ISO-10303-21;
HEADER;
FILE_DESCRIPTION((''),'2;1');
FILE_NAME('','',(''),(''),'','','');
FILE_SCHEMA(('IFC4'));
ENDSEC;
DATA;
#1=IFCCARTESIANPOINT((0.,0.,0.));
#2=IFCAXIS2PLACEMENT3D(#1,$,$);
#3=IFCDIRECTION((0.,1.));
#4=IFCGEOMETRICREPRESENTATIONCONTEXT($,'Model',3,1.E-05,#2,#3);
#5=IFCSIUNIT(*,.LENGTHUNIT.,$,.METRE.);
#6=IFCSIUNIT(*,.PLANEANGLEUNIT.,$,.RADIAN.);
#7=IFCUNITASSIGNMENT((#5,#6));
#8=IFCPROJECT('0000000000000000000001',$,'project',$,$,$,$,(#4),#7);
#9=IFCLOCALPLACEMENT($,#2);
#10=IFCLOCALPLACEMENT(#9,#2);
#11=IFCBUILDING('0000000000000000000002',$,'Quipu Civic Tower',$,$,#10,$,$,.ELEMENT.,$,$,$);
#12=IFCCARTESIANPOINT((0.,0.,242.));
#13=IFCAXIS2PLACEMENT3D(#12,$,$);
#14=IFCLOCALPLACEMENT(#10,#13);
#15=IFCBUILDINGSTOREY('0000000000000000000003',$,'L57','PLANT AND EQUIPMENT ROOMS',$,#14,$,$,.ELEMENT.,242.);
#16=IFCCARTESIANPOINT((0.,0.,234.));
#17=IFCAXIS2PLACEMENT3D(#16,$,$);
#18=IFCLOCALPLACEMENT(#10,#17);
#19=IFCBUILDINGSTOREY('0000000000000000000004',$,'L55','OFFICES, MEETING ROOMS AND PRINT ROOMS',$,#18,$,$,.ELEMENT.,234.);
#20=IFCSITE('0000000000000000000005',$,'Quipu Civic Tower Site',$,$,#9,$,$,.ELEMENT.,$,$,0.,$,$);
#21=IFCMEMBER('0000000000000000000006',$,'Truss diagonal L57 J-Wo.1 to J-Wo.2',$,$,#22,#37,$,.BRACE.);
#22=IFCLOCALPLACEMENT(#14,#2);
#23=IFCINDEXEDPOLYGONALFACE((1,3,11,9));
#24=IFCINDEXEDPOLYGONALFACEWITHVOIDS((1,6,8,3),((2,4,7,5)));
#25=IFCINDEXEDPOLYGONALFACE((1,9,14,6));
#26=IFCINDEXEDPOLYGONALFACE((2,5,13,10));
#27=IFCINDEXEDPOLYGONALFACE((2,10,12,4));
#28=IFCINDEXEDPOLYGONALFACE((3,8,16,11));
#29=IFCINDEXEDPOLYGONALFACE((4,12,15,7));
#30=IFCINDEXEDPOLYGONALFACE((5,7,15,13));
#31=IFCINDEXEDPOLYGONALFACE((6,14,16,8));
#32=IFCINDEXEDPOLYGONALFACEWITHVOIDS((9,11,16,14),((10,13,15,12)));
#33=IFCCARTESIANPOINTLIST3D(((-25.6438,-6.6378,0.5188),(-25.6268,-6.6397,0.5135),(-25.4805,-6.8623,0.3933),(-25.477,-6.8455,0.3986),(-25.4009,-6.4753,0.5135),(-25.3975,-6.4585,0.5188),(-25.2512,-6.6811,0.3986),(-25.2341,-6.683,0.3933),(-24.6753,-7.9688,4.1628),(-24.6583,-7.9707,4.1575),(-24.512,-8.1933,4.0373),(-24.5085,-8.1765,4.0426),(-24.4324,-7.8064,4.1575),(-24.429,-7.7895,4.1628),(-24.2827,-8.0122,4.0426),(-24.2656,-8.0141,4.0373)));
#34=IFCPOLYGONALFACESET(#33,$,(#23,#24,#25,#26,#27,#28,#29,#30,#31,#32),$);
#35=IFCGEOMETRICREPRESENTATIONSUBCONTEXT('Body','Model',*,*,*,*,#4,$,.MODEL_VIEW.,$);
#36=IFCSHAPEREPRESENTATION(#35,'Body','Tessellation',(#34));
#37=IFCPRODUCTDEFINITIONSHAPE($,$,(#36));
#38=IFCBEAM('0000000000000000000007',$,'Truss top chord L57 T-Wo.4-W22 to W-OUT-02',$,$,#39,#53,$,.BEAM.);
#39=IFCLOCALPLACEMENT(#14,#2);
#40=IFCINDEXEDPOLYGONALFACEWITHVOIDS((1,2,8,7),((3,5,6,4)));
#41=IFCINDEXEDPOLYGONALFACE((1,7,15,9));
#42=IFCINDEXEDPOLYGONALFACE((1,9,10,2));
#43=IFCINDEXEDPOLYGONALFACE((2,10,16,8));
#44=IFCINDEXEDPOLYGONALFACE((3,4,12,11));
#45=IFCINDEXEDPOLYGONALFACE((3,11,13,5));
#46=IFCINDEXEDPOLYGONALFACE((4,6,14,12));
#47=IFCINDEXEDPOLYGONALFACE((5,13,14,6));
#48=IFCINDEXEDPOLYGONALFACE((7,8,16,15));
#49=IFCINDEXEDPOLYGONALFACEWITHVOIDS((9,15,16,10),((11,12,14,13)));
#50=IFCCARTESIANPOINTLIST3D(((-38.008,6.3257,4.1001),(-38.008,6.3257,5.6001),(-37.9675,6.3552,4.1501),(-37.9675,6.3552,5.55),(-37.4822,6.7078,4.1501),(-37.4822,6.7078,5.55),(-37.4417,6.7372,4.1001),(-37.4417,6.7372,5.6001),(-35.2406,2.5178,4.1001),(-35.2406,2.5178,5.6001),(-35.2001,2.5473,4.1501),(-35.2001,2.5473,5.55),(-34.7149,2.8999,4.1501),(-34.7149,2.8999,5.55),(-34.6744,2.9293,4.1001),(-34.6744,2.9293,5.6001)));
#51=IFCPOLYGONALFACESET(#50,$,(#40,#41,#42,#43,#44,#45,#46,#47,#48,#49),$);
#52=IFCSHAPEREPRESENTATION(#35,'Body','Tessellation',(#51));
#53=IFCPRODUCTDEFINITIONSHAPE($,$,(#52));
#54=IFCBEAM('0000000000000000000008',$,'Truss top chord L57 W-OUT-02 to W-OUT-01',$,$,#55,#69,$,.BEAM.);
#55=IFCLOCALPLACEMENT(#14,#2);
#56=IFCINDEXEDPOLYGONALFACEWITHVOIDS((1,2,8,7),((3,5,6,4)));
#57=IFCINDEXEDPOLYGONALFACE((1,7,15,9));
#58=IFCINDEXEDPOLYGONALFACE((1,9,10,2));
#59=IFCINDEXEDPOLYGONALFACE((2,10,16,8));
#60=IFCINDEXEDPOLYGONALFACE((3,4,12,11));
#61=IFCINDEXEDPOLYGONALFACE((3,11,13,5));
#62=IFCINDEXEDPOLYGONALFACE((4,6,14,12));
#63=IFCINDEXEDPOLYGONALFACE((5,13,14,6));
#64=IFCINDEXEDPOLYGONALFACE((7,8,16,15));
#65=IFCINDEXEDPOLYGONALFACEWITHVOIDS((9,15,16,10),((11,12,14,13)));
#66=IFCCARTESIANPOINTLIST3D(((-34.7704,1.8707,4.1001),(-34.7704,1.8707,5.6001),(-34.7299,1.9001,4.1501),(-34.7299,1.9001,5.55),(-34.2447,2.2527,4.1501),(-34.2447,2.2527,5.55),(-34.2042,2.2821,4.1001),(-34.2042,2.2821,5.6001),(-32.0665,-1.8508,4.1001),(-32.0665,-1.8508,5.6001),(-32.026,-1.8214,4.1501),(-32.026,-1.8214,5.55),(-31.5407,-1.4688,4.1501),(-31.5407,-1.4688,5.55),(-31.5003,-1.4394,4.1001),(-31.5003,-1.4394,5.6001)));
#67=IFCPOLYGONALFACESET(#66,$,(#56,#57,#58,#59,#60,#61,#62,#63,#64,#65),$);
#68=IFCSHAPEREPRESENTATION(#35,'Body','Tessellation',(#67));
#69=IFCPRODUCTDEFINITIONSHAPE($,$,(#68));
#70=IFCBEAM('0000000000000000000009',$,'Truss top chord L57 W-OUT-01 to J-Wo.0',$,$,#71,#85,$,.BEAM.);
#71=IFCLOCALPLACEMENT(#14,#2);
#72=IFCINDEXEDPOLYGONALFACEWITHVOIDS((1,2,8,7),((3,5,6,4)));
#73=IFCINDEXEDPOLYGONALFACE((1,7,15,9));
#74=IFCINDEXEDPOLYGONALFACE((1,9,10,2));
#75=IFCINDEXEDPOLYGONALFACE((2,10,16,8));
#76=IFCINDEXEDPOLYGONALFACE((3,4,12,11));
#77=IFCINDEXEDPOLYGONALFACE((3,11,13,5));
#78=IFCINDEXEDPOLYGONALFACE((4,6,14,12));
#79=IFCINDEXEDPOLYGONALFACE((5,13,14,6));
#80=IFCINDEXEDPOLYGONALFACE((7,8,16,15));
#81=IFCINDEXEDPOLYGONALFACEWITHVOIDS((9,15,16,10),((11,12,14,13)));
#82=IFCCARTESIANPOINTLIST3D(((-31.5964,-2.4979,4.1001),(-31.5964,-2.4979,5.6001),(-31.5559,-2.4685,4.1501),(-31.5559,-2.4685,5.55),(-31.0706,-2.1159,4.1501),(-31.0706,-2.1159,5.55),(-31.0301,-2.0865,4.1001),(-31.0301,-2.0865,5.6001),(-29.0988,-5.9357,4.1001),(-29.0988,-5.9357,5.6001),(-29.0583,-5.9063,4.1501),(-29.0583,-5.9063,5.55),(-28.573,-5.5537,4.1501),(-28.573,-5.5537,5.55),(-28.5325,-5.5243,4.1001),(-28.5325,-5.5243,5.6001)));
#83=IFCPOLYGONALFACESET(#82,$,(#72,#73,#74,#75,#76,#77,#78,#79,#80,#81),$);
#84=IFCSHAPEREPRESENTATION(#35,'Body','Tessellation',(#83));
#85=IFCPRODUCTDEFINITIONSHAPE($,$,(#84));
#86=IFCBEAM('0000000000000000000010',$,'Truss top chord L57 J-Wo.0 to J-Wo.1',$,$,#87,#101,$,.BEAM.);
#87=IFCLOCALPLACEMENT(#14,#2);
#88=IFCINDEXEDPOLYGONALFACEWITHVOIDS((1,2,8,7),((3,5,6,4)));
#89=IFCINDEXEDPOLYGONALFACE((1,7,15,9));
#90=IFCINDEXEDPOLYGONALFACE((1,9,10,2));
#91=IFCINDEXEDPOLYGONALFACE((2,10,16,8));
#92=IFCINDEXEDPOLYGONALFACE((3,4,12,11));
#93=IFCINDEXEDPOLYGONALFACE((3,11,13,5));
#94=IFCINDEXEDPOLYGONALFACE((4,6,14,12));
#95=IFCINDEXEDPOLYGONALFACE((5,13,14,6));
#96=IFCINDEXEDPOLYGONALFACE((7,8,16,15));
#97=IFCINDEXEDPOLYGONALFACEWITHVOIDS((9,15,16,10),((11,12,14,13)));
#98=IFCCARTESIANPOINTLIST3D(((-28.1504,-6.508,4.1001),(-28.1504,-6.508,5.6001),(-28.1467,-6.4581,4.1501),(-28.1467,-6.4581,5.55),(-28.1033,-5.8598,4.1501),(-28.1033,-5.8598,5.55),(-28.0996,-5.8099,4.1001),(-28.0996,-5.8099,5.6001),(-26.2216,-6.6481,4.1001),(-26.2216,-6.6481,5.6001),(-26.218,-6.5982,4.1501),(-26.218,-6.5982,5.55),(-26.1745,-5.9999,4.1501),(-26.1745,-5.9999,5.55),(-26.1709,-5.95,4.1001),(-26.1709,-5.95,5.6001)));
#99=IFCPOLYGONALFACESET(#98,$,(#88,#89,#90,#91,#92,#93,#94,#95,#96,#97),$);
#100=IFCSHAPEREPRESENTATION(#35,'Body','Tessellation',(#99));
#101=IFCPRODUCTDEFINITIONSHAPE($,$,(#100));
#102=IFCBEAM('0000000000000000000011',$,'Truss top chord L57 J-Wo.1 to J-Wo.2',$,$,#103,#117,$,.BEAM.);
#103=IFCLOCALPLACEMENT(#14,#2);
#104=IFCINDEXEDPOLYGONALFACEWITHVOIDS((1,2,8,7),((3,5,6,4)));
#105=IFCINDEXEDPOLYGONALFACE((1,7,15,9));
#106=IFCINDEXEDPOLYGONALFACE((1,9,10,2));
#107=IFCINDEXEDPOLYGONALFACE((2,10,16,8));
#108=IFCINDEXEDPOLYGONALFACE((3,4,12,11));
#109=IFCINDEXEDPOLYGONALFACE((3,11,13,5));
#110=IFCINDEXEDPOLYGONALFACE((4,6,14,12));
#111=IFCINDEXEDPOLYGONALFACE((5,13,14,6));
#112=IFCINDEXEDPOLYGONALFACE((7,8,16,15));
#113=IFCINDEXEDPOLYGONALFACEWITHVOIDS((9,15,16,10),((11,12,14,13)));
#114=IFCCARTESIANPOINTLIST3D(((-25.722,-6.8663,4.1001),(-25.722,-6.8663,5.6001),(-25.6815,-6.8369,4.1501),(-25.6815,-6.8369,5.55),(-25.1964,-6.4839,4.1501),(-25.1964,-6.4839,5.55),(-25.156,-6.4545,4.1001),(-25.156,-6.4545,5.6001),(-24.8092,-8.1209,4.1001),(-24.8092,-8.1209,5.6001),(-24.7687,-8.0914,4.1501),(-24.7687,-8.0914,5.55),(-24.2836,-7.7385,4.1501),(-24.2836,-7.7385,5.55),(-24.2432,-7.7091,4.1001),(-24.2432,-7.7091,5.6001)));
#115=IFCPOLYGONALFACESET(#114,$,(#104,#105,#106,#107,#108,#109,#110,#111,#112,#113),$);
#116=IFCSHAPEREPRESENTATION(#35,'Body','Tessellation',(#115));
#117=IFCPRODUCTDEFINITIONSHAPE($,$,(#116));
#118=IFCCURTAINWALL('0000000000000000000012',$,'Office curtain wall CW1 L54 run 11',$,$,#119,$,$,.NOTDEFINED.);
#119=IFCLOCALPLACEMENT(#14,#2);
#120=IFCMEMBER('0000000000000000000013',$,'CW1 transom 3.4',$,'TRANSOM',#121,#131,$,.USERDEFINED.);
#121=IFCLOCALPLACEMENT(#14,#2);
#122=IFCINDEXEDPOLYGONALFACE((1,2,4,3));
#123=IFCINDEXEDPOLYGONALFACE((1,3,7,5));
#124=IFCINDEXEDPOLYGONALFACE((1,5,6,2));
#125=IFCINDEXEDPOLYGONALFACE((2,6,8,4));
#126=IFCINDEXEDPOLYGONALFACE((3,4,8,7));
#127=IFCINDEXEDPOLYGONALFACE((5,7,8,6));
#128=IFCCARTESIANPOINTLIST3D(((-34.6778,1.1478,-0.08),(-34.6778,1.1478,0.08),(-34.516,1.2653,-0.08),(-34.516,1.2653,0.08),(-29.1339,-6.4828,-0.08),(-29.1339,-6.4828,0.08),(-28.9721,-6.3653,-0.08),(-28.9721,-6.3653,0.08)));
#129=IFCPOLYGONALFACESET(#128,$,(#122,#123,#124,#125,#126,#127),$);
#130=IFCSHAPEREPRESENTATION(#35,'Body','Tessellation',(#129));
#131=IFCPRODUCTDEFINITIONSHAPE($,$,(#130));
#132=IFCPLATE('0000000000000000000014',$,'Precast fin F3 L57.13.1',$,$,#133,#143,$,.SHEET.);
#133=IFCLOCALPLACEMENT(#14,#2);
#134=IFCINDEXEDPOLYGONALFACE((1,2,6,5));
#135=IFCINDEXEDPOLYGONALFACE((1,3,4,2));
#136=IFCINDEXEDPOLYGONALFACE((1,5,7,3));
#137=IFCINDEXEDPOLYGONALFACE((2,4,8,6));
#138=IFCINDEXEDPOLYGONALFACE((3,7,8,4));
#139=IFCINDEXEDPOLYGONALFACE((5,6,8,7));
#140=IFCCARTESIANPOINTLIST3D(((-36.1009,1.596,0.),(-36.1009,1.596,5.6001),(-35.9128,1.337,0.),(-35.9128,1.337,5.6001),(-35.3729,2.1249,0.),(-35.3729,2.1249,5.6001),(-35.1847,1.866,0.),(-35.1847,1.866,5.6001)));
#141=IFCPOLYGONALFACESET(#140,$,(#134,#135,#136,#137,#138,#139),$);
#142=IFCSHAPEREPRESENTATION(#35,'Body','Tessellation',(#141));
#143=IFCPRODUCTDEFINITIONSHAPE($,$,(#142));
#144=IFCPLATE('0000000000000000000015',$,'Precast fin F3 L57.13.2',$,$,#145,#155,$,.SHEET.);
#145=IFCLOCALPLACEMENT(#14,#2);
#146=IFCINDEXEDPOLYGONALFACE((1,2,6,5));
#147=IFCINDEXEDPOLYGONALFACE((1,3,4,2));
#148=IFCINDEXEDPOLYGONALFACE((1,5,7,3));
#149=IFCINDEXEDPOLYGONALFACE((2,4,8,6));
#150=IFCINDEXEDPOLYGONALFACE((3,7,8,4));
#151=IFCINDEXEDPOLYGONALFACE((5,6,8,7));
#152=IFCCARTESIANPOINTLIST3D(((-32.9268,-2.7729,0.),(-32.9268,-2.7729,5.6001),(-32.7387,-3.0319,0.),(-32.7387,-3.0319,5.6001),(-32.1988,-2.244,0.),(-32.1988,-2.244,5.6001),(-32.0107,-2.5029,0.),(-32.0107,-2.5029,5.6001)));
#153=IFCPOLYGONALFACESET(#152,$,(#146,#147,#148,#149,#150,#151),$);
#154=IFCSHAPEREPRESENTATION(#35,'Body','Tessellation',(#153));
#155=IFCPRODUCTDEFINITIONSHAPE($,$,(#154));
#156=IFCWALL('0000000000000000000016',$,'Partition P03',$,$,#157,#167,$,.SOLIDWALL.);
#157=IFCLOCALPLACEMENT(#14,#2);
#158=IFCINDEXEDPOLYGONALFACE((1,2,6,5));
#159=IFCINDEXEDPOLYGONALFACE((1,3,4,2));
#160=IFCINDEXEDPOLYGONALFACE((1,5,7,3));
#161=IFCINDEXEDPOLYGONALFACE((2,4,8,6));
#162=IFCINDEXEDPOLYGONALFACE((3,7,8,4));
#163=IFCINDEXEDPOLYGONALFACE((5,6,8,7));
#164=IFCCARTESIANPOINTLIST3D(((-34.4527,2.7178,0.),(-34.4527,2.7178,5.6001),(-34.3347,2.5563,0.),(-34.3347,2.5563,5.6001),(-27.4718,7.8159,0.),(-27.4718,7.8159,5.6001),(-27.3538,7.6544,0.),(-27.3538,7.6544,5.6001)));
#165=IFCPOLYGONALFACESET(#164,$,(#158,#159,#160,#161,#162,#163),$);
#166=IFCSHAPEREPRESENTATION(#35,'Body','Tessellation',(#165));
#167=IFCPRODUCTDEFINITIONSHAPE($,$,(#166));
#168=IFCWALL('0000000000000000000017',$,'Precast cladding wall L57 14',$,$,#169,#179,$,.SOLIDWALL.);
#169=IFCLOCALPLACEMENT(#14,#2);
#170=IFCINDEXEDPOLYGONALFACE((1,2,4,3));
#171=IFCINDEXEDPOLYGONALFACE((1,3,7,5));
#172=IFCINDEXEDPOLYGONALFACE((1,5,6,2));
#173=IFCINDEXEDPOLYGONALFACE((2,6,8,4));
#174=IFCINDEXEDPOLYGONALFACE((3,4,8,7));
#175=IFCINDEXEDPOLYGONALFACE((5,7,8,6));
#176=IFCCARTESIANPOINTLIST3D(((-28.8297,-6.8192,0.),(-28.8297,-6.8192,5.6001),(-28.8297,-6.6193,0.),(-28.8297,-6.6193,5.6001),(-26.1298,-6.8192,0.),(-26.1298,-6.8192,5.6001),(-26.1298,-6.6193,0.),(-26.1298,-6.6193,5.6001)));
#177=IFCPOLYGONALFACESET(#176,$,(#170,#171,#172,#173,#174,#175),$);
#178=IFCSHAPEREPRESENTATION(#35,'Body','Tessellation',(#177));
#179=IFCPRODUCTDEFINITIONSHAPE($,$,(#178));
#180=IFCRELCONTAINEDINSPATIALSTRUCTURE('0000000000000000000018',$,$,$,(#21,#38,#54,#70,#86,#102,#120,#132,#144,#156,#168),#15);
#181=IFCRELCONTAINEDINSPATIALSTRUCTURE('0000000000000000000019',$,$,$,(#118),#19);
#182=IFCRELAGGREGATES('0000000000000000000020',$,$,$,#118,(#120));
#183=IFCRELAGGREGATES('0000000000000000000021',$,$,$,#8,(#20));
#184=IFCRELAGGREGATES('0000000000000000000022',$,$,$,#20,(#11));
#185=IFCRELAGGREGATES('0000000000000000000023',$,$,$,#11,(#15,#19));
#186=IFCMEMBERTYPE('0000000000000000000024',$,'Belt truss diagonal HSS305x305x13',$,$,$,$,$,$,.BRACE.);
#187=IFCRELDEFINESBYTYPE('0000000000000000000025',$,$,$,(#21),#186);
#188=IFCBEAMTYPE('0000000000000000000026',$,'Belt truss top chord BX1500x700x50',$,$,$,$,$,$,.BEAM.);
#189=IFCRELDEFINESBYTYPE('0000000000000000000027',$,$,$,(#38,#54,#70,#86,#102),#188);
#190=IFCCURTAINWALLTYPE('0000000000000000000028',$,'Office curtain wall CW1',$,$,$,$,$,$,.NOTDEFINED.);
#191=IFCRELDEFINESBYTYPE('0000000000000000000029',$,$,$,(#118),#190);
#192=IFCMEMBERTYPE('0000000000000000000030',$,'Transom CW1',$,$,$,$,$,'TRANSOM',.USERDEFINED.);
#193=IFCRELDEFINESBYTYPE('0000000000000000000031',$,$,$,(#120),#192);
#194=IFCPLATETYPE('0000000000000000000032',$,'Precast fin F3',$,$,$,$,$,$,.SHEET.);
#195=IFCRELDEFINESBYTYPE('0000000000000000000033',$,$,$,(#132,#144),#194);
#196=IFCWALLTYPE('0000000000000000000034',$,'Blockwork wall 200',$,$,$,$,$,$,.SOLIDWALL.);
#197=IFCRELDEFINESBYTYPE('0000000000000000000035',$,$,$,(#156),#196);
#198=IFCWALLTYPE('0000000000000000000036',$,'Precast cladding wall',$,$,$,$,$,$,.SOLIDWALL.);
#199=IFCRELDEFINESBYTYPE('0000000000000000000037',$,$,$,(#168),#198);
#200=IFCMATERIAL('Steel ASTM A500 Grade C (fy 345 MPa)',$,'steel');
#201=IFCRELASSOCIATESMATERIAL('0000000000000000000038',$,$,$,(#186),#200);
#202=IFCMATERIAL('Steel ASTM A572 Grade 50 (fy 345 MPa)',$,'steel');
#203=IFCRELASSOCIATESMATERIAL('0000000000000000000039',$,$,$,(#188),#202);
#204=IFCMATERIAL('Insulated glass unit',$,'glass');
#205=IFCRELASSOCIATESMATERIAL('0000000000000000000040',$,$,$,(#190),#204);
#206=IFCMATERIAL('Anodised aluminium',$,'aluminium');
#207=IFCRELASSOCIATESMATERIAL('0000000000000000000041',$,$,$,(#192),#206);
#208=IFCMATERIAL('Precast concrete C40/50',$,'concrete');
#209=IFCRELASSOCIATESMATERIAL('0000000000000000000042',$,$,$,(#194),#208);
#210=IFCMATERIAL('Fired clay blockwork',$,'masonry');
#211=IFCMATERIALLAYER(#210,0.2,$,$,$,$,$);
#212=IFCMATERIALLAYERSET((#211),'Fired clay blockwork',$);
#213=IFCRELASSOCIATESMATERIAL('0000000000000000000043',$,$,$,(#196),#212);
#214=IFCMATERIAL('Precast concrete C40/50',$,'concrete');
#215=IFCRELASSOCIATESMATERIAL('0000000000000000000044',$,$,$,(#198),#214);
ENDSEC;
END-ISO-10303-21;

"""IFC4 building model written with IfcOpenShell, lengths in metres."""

from ifc_helpers import new_model, si_unit, direction, frame, frame_2d, origin, origin_2d, place, context, subcontext, project, spatial, rectangle, hollow_rectangle, extrude, material, layer, layer_set, material_profile, profile_set, type_object, element, aggregate, save


model = new_model("IFC4")

# Units and contexts
model_context = context("Model", 3, precision=1e-05, world=origin(), true_north=direction((0.0, 1.0)))
body_context = subcontext(model_context, "Body", "Model", "MODEL_VIEW")
ifc_project = project(units=[si_unit("LENGTHUNIT", "METRE"), si_unit("PLANEANGLEUNIT", "RADIAN")], contexts=[model_context])

# Site, building, storey
site_placement = place(None, origin())
site = spatial("IfcSite", under=ifc_project, at=site_placement, Name="Quipu Civic Tower Site", CompositionType="ELEMENT", RefElevation=0.0)
building_placement = place(site_placement, origin())
building = spatial("IfcBuilding", under=site, at=building_placement, Name="Quipu Civic Tower", CompositionType="ELEMENT")
storey_1_placement = place(building_placement, frame((0.0, 0.0, 242.0)))
storey_1 = spatial("IfcBuildingStorey", under=building, at=storey_1_placement, Name="L57", Description="PLANT AND EQUIPMENT ROOMS", CompositionType="ELEMENT", Elevation=242.0)

# Member
ifc_material_1 = material(Name="Steel ASTM A500 Grade C (fy 345 MPa)", Category="steel")
ifc_material_profile_1 = material_profile(ifc_material_1, hollow_rectangle(XDim=0.3047, YDim=0.3047, WallThickness=0.0127, at=origin_2d()), Name="HSS305x305x13")
ifc_profile_set_1 = profile_set([ifc_material_profile_1], Name="Steel ASTM A500 Grade C (fy 345 MPa)")
member_type_1 = type_object("IfcMemberType", Name="Belt truss diagonal HSS305x305x13", PredefinedType="BRACE", material=ifc_profile_set_1)
member_1_placement = place(storey_1_placement, frame((-25.439, -6.6604, 0.4561), z_axis=(0.242212, -0.332881, 0.911331), x_axis=(0.808601, 0.588357, 0.0)))
element("IfcMember", 1, at=member_1_placement, inside=storey_1, type_object=member_type_1, Name="Truss diagonal L57 J-Wo.1 to J-Wo.2", PredefinedType="BRACE", context=body_context, shape_type="SweptSolid", body=[
    extrude(hollow_rectangle(XDim=0.3047, YDim=0.3047, WallThickness=0.0127, at=origin_2d()), origin(), (0.0, 0.0, 1.0), 3.9985),
])

# Beams
ifc_material_2 = material(Name="Steel ASTM A572 Grade 50 (fy 345 MPa)", Category="steel")
ifc_material_profile_2 = material_profile(ifc_material_2, hollow_rectangle(XDim=0.7, YDim=1.5, WallThickness=0.05, at=origin_2d()), Name="BX1500x700x50")
ifc_profile_set_2 = profile_set([ifc_material_profile_2], Name="Steel ASTM A572 Grade 50 (fy 345 MPa)")
beam_type_1 = type_object("IfcBeamType", Name="Belt truss top chord BX1500x700x50", PredefinedType="BEAM", material=ifc_profile_set_2)
beam_1_placement = place(storey_1_placement, frame((-37.7249, 6.5315, 4.8501), z_axis=(0.587891, -0.80894, 0.0), x_axis=(0.80894, 0.587891, 0.0)))
element("IfcBeam", 2, at=beam_1_placement, inside=storey_1, type_object=beam_type_1, Name="Truss top chord L57 T-Wo.4-W22 to W-OUT-02", PredefinedType="BEAM", context=body_context, shape_type="SweptSolid", body=[
    extrude(hollow_rectangle(XDim=0.7, YDim=1.5, WallThickness=0.05, at=origin_2d()), origin(), (0.0, 0.0, 1.0), 4.7073),
])
beam_2_placement = place(storey_1_placement, frame((-34.4873, 2.0764, 4.8501), z_axis=(0.587796, -0.809009, 0.0), x_axis=(0.809009, 0.587796, 0.0)))
element("IfcBeam", 3, at=beam_2_placement, inside=storey_1, type_object=beam_type_1, Name="Truss top chord L57 W-OUT-02 to W-OUT-01", PredefinedType="BEAM", context=body_context, shape_type="SweptSolid", body=[
    extrude(hollow_rectangle(XDim=0.7, YDim=1.5, WallThickness=0.05, at=origin_2d()), origin(), (0.0, 0.0, 1.0), 4.6001),
])
beam_3_placement = place(storey_1_placement, frame((-31.3132, -2.2922, 4.8501), z_axis=(0.587769, -0.809029, 0.0), x_axis=(0.809029, 0.587769, 0.0)))
element("IfcBeam", 4, at=beam_3_placement, inside=storey_1, type_object=beam_type_1, Name="Truss top chord L57 W-OUT-01 to J-Wo.0", PredefinedType="BEAM", context=body_context, shape_type="SweptSolid", body=[
    extrude(hollow_rectangle(XDim=0.7, YDim=1.5, WallThickness=0.05, at=origin_2d()), origin(), (0.0, 0.0, 1.0), 4.2493),
])
beam_4_placement = place(storey_1_placement, frame((-28.125, -6.1589, 4.8501), z_axis=(0.997371, -0.072467, 0.0), x_axis=(0.072467, 0.997371, 0.0)))
element("IfcBeam", 5, at=beam_4_placement, inside=storey_1, type_object=beam_type_1, Name="Truss top chord L57 J-Wo.0 to J-Wo.1", PredefinedType="BEAM", context=body_context, shape_type="SweptSolid", body=[
    extrude(hollow_rectangle(XDim=0.7, YDim=1.5, WallThickness=0.05, at=origin_2d()), origin(), (0.0, 0.0, 1.0), 1.9338),
])
beam_5_placement = place(storey_1_placement, frame((-25.439, -6.6604, 4.8501), z_axis=(0.588331, -0.80862, 0.0), x_axis=(0.80862, 0.588331, 0.0)))
element("IfcBeam", 6, at=beam_5_placement, inside=storey_1, type_object=beam_type_1, Name="Truss top chord L57 J-Wo.1 to J-Wo.2", PredefinedType="BEAM", context=body_context, shape_type="SweptSolid", body=[
    extrude(hollow_rectangle(XDim=0.7, YDim=1.5, WallThickness=0.05, at=origin_2d()), origin(), (0.0, 0.0, 1.0), 1.5515),
])

# Shared definitions
storey_2_placement = place(building_placement, frame((0.0, 0.0, 234.0)))
storey_2 = spatial("IfcBuildingStorey", under=building, at=storey_2_placement, Name="L55", Description="OFFICES, MEETING ROOMS AND PRINT ROOMS", CompositionType="ELEMENT", Elevation=234.0)

# Curtain wall, member
ifc_material_3 = material(Name="Insulated glass unit", Category="glass")
curtain_wall_type = type_object("IfcCurtainWallType", Name="Office curtain wall CW1", PredefinedType="NOTDEFINED", material=ifc_material_3)
curtain_wall_placement = place(storey_2_placement, origin())
curtain_wall = element("IfcCurtainWall", 7, at=curtain_wall_placement, inside=storey_2, type_object=curtain_wall_type, Name="Office curtain wall CW1 L54 run 11", PredefinedType="NOTDEFINED")
ifc_material_4 = material(Name="Anodised aluminium", Category="aluminium")
ifc_material_profile_3 = material_profile(ifc_material_4, rectangle(XDim=0.2, YDim=0.1599, at=origin_2d()), Name="RECT 200x160")
ifc_profile_set_3 = profile_set([ifc_material_profile_3], Name="Anodised aluminium")
member_type_2 = type_object("IfcMemberType", Name="Transom CW1", ElementType="TRANSOM", PredefinedType="USERDEFINED", material=ifc_profile_set_3)
member_2_placement = place(storey_1_placement, frame((-34.5969, 1.2065, 0.0), z_axis=(0.587784, -0.809018, 0.0), x_axis=(0.809018, 0.587784, 0.0)))
member_2 = element("IfcMember", 8, at=member_2_placement, inside=storey_1, type_object=member_type_2, Name="CW1 transom 3.4", ObjectType="TRANSOM", PredefinedType="USERDEFINED", context=body_context, shape_type="SweptSolid", body=[
    extrude(rectangle(XDim=0.2, YDim=0.1599, at=origin_2d()), origin(), (0.0, 0.0, 1.0), 9.4319),
])
aggregate(curtain_wall, [member_2])

# Plates
ifc_material_5 = material(Name="Precast concrete C40/50", Category="concrete")
plate_type = type_object("IfcPlateType", Name="Precast fin F3", PredefinedType="SHEET", material=ifc_material_5)
for number, where, z_axis, x_axis, name in (
    (9, (-35.6428, 1.731, 0.0), (0.0, 0.0, 1.0), (0.587787, -0.809016, 0.0), "Precast fin F3 L57.13.1"),
    (10, (-32.4688, -2.6379, 0.0), (0.0, 0.0, 1.0), (0.587787, -0.809016, 0.0), "Precast fin F3 L57.13.2"),
):
    element("IfcPlate", number, at=place(storey_1_placement, frame(where, z_axis=z_axis, x_axis=x_axis)), inside=storey_1, type_object=plate_type, Name=name, PredefinedType="SHEET", context=body_context, shape_type="SweptSolid", body=[
        extrude(rectangle(XDim=0.3201, YDim=0.8999, at=origin_2d()), origin(), (0.0, 0.0, 1.0), 5.6001),
    ])

# Walls
ifc_material_6 = material(Name="Fired clay blockwork", Category="masonry")
ifc_layer = layer(ifc_material_6, 0.2)
ifc_layer_set = layer_set([ifc_layer], Name="Fired clay blockwork")
wall_type_1 = type_object("IfcWallType", Name="Blockwork wall 200", PredefinedType="SOLIDWALL", material=ifc_layer_set)
wall_1_placement = place(storey_1_placement, frame((-34.3938, 2.637, 0.0), z_axis=(0.0, 0.0, 1.0), x_axis=(0.807574, 0.589766, 0.0)))
element("IfcWall", 11, at=wall_1_placement, inside=storey_1, type_object=wall_type_1, Name="Partition P03", PredefinedType="SOLIDWALL", context=body_context, shape_type="SweptSolid", body=[
    extrude(rectangle(XDim=8.6443, YDim=0.2, at=frame_2d((4.3223, 0.0))), origin(), (0.0, 0.0, 1.0), 5.6001),
])
ifc_material_7 = material(Name="Precast concrete C40/50", Category="concrete")
wall_type_2 = type_object("IfcWallType", Name="Precast cladding wall", PredefinedType="SOLIDWALL", material=ifc_material_7)
wall_2_placement = place(storey_1_placement, frame((-28.8298, -6.7192, 0.0), z_axis=(0.0, 0.0, 1.0), x_axis=(1.0, 0.0, 0.0)))
element("IfcWall", 12, at=wall_2_placement, inside=storey_1, type_object=wall_type_2, Name="Precast cladding wall L57 14", PredefinedType="SOLIDWALL", context=body_context, shape_type="SweptSolid", body=[
    extrude(rectangle(XDim=2.7, YDim=0.2, at=frame_2d((1.3501, 0.0))), origin(), (0.0, 0.0, 1.0), 5.6001),
])

save(model, "model.ifc")
